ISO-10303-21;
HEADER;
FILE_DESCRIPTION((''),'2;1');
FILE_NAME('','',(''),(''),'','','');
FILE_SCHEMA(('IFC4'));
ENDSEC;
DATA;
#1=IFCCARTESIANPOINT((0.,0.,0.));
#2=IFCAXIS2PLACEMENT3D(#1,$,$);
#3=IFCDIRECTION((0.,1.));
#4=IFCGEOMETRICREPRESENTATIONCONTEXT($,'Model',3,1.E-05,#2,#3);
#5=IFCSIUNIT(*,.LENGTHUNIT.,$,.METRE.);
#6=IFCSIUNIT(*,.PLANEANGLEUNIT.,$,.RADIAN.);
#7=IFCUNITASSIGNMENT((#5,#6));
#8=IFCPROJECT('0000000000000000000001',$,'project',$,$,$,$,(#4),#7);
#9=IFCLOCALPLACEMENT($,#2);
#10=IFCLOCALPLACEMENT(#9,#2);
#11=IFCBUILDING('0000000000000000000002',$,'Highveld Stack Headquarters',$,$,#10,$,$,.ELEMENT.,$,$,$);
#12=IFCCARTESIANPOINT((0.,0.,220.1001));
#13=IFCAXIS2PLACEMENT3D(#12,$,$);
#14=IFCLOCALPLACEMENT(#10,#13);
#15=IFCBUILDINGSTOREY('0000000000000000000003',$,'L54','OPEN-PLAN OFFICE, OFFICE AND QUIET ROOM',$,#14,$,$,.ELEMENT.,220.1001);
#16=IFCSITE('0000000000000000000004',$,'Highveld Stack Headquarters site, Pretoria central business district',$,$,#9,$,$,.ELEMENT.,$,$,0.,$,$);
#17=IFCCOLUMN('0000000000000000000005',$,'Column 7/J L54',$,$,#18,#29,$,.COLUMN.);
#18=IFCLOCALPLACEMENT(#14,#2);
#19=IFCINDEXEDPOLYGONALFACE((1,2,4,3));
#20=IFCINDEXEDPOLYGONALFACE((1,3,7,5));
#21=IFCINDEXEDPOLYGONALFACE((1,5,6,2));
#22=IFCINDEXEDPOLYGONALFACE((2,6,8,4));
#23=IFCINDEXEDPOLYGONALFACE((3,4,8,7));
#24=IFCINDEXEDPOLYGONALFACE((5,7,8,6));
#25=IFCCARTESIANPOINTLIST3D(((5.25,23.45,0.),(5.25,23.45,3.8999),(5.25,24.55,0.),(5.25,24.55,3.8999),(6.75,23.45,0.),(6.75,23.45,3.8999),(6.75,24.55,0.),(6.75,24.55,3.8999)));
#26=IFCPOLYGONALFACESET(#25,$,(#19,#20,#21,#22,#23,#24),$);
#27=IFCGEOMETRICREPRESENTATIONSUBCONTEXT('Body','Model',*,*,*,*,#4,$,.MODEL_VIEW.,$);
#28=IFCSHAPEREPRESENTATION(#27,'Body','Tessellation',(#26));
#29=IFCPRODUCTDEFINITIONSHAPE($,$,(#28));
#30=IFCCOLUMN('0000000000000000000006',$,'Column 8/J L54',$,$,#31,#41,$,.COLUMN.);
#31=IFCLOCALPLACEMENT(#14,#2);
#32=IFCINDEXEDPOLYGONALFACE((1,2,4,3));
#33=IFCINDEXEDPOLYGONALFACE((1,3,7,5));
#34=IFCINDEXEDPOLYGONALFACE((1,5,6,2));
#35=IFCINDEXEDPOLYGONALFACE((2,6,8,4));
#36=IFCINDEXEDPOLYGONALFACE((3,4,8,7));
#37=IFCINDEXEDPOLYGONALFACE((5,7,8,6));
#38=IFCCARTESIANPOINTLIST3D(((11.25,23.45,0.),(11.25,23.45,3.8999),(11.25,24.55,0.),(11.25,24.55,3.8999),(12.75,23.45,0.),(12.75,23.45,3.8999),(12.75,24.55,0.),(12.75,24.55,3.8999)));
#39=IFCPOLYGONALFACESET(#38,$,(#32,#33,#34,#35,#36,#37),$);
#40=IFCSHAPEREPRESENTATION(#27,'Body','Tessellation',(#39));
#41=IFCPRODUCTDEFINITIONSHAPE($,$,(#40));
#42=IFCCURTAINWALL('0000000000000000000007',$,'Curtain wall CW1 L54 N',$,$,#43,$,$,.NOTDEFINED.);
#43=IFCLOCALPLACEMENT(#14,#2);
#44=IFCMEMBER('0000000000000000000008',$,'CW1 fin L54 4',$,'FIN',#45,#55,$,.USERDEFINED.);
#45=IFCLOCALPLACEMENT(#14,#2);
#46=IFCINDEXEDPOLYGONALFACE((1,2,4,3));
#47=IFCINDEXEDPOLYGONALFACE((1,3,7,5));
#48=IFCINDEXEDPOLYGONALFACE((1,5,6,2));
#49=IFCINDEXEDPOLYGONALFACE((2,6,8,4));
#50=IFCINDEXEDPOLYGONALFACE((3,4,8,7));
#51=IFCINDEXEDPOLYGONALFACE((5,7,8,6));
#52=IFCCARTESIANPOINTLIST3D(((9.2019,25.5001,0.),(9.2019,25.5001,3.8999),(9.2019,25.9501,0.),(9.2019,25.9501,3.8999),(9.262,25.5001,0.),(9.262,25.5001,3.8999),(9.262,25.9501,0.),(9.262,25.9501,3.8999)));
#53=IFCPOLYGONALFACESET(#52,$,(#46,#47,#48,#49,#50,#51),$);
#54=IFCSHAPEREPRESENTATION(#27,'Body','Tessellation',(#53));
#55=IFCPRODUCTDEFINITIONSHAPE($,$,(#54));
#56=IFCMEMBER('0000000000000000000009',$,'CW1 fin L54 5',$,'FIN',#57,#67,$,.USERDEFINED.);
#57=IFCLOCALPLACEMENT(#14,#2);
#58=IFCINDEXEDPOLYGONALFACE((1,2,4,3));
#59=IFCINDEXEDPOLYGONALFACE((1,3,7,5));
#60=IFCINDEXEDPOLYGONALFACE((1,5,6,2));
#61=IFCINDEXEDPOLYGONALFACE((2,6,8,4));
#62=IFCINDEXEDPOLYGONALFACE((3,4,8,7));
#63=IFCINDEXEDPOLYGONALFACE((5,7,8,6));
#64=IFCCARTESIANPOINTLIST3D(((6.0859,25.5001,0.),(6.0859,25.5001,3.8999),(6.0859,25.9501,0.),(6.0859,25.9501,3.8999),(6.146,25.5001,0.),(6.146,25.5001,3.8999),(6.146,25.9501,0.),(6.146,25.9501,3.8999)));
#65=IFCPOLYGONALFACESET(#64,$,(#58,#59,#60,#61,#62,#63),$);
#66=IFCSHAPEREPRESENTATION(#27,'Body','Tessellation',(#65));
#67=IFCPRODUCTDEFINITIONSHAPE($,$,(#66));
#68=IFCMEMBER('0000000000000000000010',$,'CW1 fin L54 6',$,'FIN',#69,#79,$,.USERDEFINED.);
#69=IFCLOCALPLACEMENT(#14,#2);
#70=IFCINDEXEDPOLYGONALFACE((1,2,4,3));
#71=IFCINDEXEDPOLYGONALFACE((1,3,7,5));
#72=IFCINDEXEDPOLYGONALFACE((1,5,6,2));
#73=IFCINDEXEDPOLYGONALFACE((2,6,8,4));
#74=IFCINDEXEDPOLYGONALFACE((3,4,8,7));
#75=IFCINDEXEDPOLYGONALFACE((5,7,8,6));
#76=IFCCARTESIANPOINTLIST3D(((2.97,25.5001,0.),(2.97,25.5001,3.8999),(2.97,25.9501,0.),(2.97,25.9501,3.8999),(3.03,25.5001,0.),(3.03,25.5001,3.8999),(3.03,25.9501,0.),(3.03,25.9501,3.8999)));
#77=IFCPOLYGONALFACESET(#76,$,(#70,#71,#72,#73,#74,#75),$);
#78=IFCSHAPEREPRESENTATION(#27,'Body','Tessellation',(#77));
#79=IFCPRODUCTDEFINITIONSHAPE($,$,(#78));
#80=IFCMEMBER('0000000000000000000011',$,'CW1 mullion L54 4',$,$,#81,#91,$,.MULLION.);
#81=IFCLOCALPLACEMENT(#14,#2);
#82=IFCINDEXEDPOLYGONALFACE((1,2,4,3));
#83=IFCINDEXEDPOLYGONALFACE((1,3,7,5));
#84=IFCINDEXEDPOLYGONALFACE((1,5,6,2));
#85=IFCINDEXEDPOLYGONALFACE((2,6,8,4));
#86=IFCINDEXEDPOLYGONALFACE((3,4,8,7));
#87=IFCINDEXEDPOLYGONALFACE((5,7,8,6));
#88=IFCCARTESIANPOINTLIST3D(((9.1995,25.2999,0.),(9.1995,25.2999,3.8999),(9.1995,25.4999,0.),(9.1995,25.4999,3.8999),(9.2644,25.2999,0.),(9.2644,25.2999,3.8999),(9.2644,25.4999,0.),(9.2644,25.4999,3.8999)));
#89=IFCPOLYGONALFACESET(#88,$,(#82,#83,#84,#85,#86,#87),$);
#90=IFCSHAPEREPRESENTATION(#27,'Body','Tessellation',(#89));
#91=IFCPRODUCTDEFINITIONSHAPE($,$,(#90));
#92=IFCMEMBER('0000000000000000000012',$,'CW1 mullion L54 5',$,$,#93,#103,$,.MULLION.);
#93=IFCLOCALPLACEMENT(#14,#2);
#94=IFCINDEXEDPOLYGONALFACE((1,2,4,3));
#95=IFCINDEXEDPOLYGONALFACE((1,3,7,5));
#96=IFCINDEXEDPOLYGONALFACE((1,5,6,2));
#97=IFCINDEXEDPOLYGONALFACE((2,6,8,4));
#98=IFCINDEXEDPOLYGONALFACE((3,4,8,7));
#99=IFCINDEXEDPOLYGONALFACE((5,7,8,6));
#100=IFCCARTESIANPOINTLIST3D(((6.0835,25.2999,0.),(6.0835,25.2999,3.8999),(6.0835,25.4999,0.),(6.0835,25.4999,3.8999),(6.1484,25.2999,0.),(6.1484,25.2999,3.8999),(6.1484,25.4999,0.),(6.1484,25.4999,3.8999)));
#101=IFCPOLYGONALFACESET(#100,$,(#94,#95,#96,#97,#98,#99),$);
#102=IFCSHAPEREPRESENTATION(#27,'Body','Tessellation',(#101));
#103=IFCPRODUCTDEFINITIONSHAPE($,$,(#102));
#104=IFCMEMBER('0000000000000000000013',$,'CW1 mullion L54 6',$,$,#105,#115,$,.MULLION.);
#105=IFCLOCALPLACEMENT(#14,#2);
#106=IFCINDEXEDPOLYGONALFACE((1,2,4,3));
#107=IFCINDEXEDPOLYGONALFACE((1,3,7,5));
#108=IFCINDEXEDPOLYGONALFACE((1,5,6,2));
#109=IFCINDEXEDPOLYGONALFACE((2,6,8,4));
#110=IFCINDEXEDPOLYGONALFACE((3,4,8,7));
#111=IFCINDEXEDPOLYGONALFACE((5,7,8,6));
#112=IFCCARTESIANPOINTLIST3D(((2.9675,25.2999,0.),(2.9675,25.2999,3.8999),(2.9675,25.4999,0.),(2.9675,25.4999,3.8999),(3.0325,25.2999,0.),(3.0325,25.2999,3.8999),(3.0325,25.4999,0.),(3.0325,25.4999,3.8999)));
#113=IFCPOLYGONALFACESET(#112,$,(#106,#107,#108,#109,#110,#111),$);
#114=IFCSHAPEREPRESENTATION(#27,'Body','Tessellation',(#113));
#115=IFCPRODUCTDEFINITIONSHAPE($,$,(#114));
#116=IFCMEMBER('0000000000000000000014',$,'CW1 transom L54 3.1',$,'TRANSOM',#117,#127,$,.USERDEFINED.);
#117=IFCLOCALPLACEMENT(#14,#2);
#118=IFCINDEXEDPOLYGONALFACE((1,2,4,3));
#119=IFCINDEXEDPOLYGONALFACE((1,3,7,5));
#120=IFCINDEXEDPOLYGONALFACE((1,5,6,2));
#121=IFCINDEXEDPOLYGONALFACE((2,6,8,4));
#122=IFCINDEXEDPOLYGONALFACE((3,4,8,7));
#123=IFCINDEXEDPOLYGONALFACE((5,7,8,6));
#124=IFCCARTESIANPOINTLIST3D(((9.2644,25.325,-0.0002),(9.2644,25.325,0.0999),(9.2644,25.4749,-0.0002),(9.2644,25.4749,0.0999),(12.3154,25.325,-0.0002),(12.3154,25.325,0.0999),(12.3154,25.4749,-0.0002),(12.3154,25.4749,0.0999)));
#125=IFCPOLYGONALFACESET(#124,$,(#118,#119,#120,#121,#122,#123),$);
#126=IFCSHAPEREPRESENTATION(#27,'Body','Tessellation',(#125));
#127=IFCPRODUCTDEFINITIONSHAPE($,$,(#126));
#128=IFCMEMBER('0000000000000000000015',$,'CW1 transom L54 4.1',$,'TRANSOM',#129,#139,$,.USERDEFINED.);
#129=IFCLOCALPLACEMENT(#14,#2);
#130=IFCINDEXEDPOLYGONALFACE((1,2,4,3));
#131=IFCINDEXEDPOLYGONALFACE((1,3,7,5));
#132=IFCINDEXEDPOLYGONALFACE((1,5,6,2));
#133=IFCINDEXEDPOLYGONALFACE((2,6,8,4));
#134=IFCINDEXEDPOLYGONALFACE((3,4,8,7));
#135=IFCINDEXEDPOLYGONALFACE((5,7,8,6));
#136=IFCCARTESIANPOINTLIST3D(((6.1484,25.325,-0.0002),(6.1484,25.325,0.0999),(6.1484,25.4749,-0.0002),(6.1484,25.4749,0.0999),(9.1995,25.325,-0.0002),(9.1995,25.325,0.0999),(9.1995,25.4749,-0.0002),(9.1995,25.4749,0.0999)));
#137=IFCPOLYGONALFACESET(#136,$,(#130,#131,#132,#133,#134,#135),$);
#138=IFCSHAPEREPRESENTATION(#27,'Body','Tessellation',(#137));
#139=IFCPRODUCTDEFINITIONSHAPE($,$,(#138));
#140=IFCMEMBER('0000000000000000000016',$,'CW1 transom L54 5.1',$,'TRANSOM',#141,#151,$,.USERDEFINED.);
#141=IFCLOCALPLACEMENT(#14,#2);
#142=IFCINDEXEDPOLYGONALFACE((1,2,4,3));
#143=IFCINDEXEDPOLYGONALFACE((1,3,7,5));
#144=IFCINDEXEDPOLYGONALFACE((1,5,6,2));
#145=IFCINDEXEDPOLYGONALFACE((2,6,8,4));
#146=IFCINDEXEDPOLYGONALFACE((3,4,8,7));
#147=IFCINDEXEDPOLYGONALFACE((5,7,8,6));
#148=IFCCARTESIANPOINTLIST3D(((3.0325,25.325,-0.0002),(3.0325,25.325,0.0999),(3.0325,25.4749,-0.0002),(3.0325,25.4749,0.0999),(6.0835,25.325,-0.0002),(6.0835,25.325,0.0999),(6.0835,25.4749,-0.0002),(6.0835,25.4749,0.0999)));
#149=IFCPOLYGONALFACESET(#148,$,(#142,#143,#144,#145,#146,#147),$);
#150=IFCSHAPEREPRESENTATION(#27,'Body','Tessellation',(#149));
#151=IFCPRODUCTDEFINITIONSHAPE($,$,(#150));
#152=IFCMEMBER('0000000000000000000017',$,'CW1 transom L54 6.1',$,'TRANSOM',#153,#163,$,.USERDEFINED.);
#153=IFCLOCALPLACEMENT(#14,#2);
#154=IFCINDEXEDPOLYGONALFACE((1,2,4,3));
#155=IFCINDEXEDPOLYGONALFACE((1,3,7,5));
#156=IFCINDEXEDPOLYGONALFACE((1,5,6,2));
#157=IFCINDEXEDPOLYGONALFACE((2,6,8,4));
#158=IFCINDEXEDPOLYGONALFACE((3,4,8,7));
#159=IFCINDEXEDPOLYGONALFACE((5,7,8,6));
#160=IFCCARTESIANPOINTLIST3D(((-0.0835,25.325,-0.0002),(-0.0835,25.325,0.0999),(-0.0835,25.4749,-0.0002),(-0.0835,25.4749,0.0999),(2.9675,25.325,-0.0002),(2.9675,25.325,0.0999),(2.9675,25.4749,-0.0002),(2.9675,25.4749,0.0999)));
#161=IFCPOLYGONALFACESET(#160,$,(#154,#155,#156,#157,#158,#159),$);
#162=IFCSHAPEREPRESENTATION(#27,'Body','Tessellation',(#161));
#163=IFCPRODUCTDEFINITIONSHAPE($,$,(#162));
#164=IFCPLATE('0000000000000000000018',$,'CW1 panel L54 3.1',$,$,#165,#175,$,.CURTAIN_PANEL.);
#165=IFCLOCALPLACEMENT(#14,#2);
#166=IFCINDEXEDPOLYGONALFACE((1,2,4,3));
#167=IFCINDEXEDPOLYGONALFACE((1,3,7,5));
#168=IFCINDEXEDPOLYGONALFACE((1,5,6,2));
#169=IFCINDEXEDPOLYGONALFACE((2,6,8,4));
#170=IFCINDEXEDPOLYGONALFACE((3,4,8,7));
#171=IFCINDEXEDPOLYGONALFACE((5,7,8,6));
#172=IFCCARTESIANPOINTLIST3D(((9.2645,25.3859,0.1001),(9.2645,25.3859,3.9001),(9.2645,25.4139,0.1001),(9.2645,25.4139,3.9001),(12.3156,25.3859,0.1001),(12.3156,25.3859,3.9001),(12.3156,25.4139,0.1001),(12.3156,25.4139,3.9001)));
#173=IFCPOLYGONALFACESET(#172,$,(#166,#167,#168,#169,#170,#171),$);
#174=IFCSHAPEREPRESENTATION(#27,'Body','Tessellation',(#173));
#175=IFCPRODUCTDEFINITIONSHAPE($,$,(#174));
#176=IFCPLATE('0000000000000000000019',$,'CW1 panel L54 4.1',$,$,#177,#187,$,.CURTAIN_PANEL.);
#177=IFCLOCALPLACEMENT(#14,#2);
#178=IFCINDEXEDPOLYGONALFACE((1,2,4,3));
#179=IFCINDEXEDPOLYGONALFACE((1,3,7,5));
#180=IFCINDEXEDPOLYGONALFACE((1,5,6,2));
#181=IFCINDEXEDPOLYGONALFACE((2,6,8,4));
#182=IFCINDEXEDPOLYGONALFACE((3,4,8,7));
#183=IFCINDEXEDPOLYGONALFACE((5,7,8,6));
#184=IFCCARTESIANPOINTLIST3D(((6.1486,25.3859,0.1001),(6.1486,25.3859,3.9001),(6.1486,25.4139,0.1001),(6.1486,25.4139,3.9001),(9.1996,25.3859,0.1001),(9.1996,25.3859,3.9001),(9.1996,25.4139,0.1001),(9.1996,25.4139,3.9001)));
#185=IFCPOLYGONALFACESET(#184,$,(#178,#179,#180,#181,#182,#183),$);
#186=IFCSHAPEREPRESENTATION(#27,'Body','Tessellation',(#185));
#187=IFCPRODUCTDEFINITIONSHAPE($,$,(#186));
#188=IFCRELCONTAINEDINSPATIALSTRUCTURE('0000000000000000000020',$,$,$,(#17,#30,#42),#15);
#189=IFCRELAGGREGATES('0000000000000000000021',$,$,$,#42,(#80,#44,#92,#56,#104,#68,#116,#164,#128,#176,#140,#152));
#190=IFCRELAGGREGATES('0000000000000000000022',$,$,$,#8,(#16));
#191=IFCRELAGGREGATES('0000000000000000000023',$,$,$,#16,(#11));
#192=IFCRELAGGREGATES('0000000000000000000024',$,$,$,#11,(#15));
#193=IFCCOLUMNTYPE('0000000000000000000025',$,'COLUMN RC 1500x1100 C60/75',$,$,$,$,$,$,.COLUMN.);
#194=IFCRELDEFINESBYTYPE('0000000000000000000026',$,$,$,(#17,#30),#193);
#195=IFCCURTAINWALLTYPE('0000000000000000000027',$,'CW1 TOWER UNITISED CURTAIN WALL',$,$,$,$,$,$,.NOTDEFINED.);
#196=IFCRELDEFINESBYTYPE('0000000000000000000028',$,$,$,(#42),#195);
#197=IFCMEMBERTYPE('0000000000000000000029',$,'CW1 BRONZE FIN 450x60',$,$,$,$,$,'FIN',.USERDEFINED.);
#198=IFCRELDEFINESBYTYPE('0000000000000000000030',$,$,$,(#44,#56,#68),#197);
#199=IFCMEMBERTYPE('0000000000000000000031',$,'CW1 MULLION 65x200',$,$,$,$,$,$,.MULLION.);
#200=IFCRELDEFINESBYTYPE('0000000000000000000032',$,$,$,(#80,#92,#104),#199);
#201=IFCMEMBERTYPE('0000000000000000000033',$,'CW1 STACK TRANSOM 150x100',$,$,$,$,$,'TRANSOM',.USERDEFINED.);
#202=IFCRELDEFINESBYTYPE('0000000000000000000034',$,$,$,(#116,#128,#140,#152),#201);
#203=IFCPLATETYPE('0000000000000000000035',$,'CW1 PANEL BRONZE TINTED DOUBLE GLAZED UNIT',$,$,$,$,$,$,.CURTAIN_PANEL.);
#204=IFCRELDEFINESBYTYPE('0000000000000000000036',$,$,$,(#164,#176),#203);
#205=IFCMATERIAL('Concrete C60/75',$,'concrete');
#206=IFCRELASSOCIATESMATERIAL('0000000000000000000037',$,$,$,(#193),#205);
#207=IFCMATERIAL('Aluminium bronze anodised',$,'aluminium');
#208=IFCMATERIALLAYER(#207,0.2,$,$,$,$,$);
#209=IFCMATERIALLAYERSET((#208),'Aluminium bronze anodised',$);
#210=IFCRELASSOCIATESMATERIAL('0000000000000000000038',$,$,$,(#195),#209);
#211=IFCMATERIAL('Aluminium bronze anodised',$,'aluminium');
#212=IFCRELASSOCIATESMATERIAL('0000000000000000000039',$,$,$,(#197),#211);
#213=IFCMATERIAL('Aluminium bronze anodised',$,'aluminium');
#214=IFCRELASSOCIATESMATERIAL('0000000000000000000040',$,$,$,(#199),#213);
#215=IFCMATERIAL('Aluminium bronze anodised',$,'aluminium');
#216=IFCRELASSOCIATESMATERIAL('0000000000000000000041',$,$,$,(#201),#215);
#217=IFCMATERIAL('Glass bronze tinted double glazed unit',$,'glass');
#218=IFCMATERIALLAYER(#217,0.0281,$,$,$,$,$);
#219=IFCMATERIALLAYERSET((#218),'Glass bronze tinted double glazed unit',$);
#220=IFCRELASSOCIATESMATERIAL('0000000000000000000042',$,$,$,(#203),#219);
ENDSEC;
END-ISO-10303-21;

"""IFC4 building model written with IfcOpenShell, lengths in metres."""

from ifc_helpers import new_model, si_unit, direction, frame, origin, origin_2d, place, context, subcontext, project, spatial, rectangle, extrude, material, layer, layer_set, material_profile, profile_set, type_object, element, aggregate, save


model = new_model("IFC4")

# Units and contexts
model_context = context("Model", 3, precision=1e-05, world=origin(), true_north=direction((0.0, 1.0)))
body_context = subcontext(model_context, "Body", "Model", "MODEL_VIEW")
ifc_project = project(units=[si_unit("LENGTHUNIT", "METRE"), si_unit("PLANEANGLEUNIT", "RADIAN")], contexts=[model_context])

# Site, building, storey
site_placement = place(None, origin())
site = spatial("IfcSite", under=ifc_project, at=site_placement, Name="Highveld Stack Headquarters site, Pretoria central business district", CompositionType="ELEMENT", RefElevation=0.0)
building_placement = place(site_placement, origin())
building = spatial("IfcBuilding", under=site, at=building_placement, Name="Highveld Stack Headquarters", CompositionType="ELEMENT")
storey_placement = place(building_placement, frame((0.0, 0.0, 220.1001)))
storey = spatial("IfcBuildingStorey", under=building, at=storey_placement, Name="L54", Description="OPEN-PLAN OFFICE, OFFICE AND QUIET ROOM", CompositionType="ELEMENT", Elevation=220.1001)

# Columns
ifc_material_1 = material(Name="Concrete C60/75", Category="concrete")
ifc_material_profile_1 = material_profile(ifc_material_1, rectangle(XDim=1.5, YDim=1.1001, at=origin_2d()), Name="RC 1500x1100")
ifc_profile_set_1 = profile_set([ifc_material_profile_1], Name="Concrete C60/75")
column_type = type_object("IfcColumnType", Name="COLUMN RC 1500x1100 C60/75", PredefinedType="COLUMN", material=ifc_profile_set_1)
for number, where, z_axis, x_axis, name in (
    (1, (6.0, 24.0, 0.0), (0.0, 0.0, 1.0), (1.0, 0.0, 0.0), "Column 7/J L54"),
    (2, (12.0, 24.0, 0.0), (0.0, 0.0, 1.0), (1.0, 0.0, 0.0), "Column 8/J L54"),
):
    element("IfcColumn", number, at=place(storey_placement, frame(where, z_axis=z_axis, x_axis=x_axis)), inside=storey, type_object=column_type, Name=name, PredefinedType="COLUMN", context=body_context, shape_type="SweptSolid", body=[
        extrude(rectangle(XDim=1.5, YDim=1.1001, at=origin_2d()), origin(), (0.0, 0.0, 1.0), 3.8999),
    ])

# Curtain wall, members, plates
ifc_material_2 = material(Name="Aluminium bronze anodised", Category="aluminium")
ifc_layer_1 = layer(ifc_material_2, 0.2)
ifc_layer_set_1 = layer_set([ifc_layer_1], Name="Aluminium bronze anodised")
curtain_wall_type = type_object("IfcCurtainWallType", Name="CW1 TOWER UNITISED CURTAIN WALL", PredefinedType="NOTDEFINED", material=ifc_layer_set_1)
curtain_wall_placement = place(storey_placement, origin())
curtain_wall = element("IfcCurtainWall", 3, at=curtain_wall_placement, inside=storey, type_object=curtain_wall_type, Name="Curtain wall CW1 L54 N", PredefinedType="NOTDEFINED")
ifc_material_3 = material(Name="Aluminium bronze anodised", Category="aluminium")
ifc_material_profile_2 = material_profile(ifc_material_3, rectangle(XDim=0.45, YDim=0.0601, at=origin_2d()), Name="FIN 450x60")
ifc_profile_set_2 = profile_set([ifc_material_profile_2], Name="Aluminium bronze anodised")
member_type_1 = type_object("IfcMemberType", Name="CW1 BRONZE FIN 450x60", ElementType="FIN", PredefinedType="USERDEFINED", material=ifc_profile_set_2)
member_1_placement = place(storey_placement, frame((9.2319, 25.7251, 0.0), z_axis=(0.0, 0.0, 1.0), x_axis=(0.0, -1.0, 0.0)))
member_1 = element("IfcMember", 4, at=member_1_placement, type_object=member_type_1, Name="CW1 fin L54 4", ObjectType="FIN", PredefinedType="USERDEFINED", context=body_context, shape_type="SweptSolid", body=[
    extrude(rectangle(XDim=0.45, YDim=0.0601, at=origin_2d()), origin(), (0.0, 0.0, 1.0), 3.8999),
])
member_2_placement = place(storey_placement, frame((6.116, 25.7251, 0.0), z_axis=(0.0, 0.0, 1.0), x_axis=(0.0, -1.0, 0.0)))
member_2 = element("IfcMember", 5, at=member_2_placement, type_object=member_type_1, Name="CW1 fin L54 5", ObjectType="FIN", PredefinedType="USERDEFINED", context=body_context, shape_type="SweptSolid", body=[
    extrude(rectangle(XDim=0.45, YDim=0.0601, at=origin_2d()), origin(), (0.0, 0.0, 1.0), 3.8999),
])
member_3_placement = place(storey_placement, frame((3.0, 25.7251, 0.0), z_axis=(0.0, 0.0, 1.0), x_axis=(0.0, -1.0, 0.0)))
member_3 = element("IfcMember", 6, at=member_3_placement, type_object=member_type_1, Name="CW1 fin L54 6", ObjectType="FIN", PredefinedType="USERDEFINED", context=body_context, shape_type="SweptSolid", body=[
    extrude(rectangle(XDim=0.45, YDim=0.0601, at=origin_2d()), origin(), (0.0, 0.0, 1.0), 3.8999),
])
ifc_material_4 = material(Name="Aluminium bronze anodised", Category="aluminium")
ifc_material_profile_3 = material_profile(ifc_material_4, rectangle(XDim=0.2, YDim=0.0649, at=origin_2d()), Name="CW1 MULLION 65x200")
ifc_profile_set_3 = profile_set([ifc_material_profile_3], Name="Aluminium bronze anodised")
member_type_2 = type_object("IfcMemberType", Name="CW1 MULLION 65x200", PredefinedType="MULLION", material=ifc_profile_set_3)
member_4_placement = place(storey_placement, frame((9.2319, 25.3999, 0.0), z_axis=(0.0, 0.0, 1.0), x_axis=(0.0, -1.0, 0.0)))
member_4 = element("IfcMember", 7, at=member_4_placement, type_object=member_type_2, Name="CW1 mullion L54 4", PredefinedType="MULLION", context=body_context, shape_type="SweptSolid", body=[
    extrude(rectangle(XDim=0.2, YDim=0.0649, at=origin_2d()), origin(), (0.0, 0.0, 1.0), 3.8999),
])
member_5_placement = place(storey_placement, frame((6.116, 25.3999, 0.0), z_axis=(0.0, 0.0, 1.0), x_axis=(0.0, -1.0, 0.0)))
member_5 = element("IfcMember", 8, at=member_5_placement, type_object=member_type_2, Name="CW1 mullion L54 5", PredefinedType="MULLION", context=body_context, shape_type="SweptSolid", body=[
    extrude(rectangle(XDim=0.2, YDim=0.0649, at=origin_2d()), origin(), (0.0, 0.0, 1.0), 3.8999),
])
member_6_placement = place(storey_placement, frame((3.0, 25.3999, 0.0), z_axis=(0.0, 0.0, 1.0), x_axis=(0.0, -1.0, 0.0)))
member_6 = element("IfcMember", 9, at=member_6_placement, type_object=member_type_2, Name="CW1 mullion L54 6", PredefinedType="MULLION", context=body_context, shape_type="SweptSolid", body=[
    extrude(rectangle(XDim=0.2, YDim=0.0649, at=origin_2d()), origin(), (0.0, 0.0, 1.0), 3.8999),
])
ifc_material_5 = material(Name="Aluminium bronze anodised", Category="aluminium")
ifc_material_profile_4 = material_profile(ifc_material_5, rectangle(XDim=0.1499, YDim=0.1001, at=origin_2d()), Name="CW1 TRANSOM 150x100")
ifc_profile_set_4 = profile_set([ifc_material_profile_4], Name="Aluminium bronze anodised")
member_type_3 = type_object("IfcMemberType", Name="CW1 STACK TRANSOM 150x100", ElementType="TRANSOM", PredefinedType="USERDEFINED", material=ifc_profile_set_4)
member_7_placement = place(storey_placement, frame((12.3154, 25.3999, 0.0498), z_axis=(-1.0, 0.0, 0.0), x_axis=(0.0, -1.0, 0.0)))
member_7 = element("IfcMember", 10, at=member_7_placement, type_object=member_type_3, Name="CW1 transom L54 3.1", ObjectType="TRANSOM", PredefinedType="USERDEFINED", context=body_context, shape_type="SweptSolid", body=[
    extrude(rectangle(XDim=0.1499, YDim=0.1001, at=origin_2d()), origin(), (0.0, 0.0, 1.0), 3.051),
])
member_8_placement = place(storey_placement, frame((9.1995, 25.3999, 0.0498), z_axis=(-1.0, 0.0, 0.0), x_axis=(0.0, -1.0, 0.0)))
member_8 = element("IfcMember", 11, at=member_8_placement, type_object=member_type_3, Name="CW1 transom L54 4.1", ObjectType="TRANSOM", PredefinedType="USERDEFINED", context=body_context, shape_type="SweptSolid", body=[
    extrude(rectangle(XDim=0.1499, YDim=0.1001, at=origin_2d()), origin(), (0.0, 0.0, 1.0), 3.051),
])
member_9_placement = place(storey_placement, frame((6.0835, 25.3999, 0.0498), z_axis=(-1.0, 0.0, 0.0), x_axis=(0.0, -1.0, 0.0)))
member_9 = element("IfcMember", 12, at=member_9_placement, type_object=member_type_3, Name="CW1 transom L54 5.1", ObjectType="TRANSOM", PredefinedType="USERDEFINED", context=body_context, shape_type="SweptSolid", body=[
    extrude(rectangle(XDim=0.1499, YDim=0.1001, at=origin_2d()), origin(), (0.0, 0.0, 1.0), 3.051),
])
member_10_placement = place(storey_placement, frame((2.9675, 25.3999, 0.0498), z_axis=(-1.0, 0.0, 0.0), x_axis=(0.0, -1.0, 0.0)))
member_10 = element("IfcMember", 13, at=member_10_placement, type_object=member_type_3, Name="CW1 transom L54 6.1", ObjectType="TRANSOM", PredefinedType="USERDEFINED", context=body_context, shape_type="SweptSolid", body=[
    extrude(rectangle(XDim=0.1499, YDim=0.1001, at=origin_2d()), origin(), (0.0, 0.0, 1.0), 3.051),
])
ifc_material_6 = material(Name="Glass bronze tinted double glazed unit", Category="glass")
ifc_layer_2 = layer(ifc_material_6, 0.0281)
ifc_layer_set_2 = layer_set([ifc_layer_2], Name="Glass bronze tinted double glazed unit")
plate_type = type_object("IfcPlateType", Name="CW1 PANEL BRONZE TINTED DOUBLE GLAZED UNIT", PredefinedType="CURTAIN_PANEL", material=ifc_layer_set_2)
plate_1_placement = place(storey_placement, frame((10.79, 25.3999, 0.1001), z_axis=(0.0, 0.0, 1.0), x_axis=(-1.0, 0.0, 0.0)))
plate_1 = element("IfcPlate", 14, at=plate_1_placement, type_object=plate_type, Name="CW1 panel L54 3.1", PredefinedType="CURTAIN_PANEL", context=body_context, shape_type="SweptSolid", body=[
    extrude(rectangle(XDim=3.051, YDim=0.0281, at=origin_2d()), origin(), (0.0, 0.0, 1.0), 3.8),
])
plate_2_placement = place(storey_placement, frame((7.6741, 25.3999, 0.1001), z_axis=(0.0, 0.0, 1.0), x_axis=(-1.0, 0.0, 0.0)))
plate_2 = element("IfcPlate", 15, at=plate_2_placement, type_object=plate_type, Name="CW1 panel L54 4.1", PredefinedType="CURTAIN_PANEL", context=body_context, shape_type="SweptSolid", body=[
    extrude(rectangle(XDim=3.051, YDim=0.0281, at=origin_2d()), origin(), (0.0, 0.0, 1.0), 3.8),
])
aggregate(curtain_wall, [member_4, member_1, member_5, member_2, member_6, member_3, member_7, plate_1, member_8, plate_2, member_9, member_10])

save(model, "model.ifc")
